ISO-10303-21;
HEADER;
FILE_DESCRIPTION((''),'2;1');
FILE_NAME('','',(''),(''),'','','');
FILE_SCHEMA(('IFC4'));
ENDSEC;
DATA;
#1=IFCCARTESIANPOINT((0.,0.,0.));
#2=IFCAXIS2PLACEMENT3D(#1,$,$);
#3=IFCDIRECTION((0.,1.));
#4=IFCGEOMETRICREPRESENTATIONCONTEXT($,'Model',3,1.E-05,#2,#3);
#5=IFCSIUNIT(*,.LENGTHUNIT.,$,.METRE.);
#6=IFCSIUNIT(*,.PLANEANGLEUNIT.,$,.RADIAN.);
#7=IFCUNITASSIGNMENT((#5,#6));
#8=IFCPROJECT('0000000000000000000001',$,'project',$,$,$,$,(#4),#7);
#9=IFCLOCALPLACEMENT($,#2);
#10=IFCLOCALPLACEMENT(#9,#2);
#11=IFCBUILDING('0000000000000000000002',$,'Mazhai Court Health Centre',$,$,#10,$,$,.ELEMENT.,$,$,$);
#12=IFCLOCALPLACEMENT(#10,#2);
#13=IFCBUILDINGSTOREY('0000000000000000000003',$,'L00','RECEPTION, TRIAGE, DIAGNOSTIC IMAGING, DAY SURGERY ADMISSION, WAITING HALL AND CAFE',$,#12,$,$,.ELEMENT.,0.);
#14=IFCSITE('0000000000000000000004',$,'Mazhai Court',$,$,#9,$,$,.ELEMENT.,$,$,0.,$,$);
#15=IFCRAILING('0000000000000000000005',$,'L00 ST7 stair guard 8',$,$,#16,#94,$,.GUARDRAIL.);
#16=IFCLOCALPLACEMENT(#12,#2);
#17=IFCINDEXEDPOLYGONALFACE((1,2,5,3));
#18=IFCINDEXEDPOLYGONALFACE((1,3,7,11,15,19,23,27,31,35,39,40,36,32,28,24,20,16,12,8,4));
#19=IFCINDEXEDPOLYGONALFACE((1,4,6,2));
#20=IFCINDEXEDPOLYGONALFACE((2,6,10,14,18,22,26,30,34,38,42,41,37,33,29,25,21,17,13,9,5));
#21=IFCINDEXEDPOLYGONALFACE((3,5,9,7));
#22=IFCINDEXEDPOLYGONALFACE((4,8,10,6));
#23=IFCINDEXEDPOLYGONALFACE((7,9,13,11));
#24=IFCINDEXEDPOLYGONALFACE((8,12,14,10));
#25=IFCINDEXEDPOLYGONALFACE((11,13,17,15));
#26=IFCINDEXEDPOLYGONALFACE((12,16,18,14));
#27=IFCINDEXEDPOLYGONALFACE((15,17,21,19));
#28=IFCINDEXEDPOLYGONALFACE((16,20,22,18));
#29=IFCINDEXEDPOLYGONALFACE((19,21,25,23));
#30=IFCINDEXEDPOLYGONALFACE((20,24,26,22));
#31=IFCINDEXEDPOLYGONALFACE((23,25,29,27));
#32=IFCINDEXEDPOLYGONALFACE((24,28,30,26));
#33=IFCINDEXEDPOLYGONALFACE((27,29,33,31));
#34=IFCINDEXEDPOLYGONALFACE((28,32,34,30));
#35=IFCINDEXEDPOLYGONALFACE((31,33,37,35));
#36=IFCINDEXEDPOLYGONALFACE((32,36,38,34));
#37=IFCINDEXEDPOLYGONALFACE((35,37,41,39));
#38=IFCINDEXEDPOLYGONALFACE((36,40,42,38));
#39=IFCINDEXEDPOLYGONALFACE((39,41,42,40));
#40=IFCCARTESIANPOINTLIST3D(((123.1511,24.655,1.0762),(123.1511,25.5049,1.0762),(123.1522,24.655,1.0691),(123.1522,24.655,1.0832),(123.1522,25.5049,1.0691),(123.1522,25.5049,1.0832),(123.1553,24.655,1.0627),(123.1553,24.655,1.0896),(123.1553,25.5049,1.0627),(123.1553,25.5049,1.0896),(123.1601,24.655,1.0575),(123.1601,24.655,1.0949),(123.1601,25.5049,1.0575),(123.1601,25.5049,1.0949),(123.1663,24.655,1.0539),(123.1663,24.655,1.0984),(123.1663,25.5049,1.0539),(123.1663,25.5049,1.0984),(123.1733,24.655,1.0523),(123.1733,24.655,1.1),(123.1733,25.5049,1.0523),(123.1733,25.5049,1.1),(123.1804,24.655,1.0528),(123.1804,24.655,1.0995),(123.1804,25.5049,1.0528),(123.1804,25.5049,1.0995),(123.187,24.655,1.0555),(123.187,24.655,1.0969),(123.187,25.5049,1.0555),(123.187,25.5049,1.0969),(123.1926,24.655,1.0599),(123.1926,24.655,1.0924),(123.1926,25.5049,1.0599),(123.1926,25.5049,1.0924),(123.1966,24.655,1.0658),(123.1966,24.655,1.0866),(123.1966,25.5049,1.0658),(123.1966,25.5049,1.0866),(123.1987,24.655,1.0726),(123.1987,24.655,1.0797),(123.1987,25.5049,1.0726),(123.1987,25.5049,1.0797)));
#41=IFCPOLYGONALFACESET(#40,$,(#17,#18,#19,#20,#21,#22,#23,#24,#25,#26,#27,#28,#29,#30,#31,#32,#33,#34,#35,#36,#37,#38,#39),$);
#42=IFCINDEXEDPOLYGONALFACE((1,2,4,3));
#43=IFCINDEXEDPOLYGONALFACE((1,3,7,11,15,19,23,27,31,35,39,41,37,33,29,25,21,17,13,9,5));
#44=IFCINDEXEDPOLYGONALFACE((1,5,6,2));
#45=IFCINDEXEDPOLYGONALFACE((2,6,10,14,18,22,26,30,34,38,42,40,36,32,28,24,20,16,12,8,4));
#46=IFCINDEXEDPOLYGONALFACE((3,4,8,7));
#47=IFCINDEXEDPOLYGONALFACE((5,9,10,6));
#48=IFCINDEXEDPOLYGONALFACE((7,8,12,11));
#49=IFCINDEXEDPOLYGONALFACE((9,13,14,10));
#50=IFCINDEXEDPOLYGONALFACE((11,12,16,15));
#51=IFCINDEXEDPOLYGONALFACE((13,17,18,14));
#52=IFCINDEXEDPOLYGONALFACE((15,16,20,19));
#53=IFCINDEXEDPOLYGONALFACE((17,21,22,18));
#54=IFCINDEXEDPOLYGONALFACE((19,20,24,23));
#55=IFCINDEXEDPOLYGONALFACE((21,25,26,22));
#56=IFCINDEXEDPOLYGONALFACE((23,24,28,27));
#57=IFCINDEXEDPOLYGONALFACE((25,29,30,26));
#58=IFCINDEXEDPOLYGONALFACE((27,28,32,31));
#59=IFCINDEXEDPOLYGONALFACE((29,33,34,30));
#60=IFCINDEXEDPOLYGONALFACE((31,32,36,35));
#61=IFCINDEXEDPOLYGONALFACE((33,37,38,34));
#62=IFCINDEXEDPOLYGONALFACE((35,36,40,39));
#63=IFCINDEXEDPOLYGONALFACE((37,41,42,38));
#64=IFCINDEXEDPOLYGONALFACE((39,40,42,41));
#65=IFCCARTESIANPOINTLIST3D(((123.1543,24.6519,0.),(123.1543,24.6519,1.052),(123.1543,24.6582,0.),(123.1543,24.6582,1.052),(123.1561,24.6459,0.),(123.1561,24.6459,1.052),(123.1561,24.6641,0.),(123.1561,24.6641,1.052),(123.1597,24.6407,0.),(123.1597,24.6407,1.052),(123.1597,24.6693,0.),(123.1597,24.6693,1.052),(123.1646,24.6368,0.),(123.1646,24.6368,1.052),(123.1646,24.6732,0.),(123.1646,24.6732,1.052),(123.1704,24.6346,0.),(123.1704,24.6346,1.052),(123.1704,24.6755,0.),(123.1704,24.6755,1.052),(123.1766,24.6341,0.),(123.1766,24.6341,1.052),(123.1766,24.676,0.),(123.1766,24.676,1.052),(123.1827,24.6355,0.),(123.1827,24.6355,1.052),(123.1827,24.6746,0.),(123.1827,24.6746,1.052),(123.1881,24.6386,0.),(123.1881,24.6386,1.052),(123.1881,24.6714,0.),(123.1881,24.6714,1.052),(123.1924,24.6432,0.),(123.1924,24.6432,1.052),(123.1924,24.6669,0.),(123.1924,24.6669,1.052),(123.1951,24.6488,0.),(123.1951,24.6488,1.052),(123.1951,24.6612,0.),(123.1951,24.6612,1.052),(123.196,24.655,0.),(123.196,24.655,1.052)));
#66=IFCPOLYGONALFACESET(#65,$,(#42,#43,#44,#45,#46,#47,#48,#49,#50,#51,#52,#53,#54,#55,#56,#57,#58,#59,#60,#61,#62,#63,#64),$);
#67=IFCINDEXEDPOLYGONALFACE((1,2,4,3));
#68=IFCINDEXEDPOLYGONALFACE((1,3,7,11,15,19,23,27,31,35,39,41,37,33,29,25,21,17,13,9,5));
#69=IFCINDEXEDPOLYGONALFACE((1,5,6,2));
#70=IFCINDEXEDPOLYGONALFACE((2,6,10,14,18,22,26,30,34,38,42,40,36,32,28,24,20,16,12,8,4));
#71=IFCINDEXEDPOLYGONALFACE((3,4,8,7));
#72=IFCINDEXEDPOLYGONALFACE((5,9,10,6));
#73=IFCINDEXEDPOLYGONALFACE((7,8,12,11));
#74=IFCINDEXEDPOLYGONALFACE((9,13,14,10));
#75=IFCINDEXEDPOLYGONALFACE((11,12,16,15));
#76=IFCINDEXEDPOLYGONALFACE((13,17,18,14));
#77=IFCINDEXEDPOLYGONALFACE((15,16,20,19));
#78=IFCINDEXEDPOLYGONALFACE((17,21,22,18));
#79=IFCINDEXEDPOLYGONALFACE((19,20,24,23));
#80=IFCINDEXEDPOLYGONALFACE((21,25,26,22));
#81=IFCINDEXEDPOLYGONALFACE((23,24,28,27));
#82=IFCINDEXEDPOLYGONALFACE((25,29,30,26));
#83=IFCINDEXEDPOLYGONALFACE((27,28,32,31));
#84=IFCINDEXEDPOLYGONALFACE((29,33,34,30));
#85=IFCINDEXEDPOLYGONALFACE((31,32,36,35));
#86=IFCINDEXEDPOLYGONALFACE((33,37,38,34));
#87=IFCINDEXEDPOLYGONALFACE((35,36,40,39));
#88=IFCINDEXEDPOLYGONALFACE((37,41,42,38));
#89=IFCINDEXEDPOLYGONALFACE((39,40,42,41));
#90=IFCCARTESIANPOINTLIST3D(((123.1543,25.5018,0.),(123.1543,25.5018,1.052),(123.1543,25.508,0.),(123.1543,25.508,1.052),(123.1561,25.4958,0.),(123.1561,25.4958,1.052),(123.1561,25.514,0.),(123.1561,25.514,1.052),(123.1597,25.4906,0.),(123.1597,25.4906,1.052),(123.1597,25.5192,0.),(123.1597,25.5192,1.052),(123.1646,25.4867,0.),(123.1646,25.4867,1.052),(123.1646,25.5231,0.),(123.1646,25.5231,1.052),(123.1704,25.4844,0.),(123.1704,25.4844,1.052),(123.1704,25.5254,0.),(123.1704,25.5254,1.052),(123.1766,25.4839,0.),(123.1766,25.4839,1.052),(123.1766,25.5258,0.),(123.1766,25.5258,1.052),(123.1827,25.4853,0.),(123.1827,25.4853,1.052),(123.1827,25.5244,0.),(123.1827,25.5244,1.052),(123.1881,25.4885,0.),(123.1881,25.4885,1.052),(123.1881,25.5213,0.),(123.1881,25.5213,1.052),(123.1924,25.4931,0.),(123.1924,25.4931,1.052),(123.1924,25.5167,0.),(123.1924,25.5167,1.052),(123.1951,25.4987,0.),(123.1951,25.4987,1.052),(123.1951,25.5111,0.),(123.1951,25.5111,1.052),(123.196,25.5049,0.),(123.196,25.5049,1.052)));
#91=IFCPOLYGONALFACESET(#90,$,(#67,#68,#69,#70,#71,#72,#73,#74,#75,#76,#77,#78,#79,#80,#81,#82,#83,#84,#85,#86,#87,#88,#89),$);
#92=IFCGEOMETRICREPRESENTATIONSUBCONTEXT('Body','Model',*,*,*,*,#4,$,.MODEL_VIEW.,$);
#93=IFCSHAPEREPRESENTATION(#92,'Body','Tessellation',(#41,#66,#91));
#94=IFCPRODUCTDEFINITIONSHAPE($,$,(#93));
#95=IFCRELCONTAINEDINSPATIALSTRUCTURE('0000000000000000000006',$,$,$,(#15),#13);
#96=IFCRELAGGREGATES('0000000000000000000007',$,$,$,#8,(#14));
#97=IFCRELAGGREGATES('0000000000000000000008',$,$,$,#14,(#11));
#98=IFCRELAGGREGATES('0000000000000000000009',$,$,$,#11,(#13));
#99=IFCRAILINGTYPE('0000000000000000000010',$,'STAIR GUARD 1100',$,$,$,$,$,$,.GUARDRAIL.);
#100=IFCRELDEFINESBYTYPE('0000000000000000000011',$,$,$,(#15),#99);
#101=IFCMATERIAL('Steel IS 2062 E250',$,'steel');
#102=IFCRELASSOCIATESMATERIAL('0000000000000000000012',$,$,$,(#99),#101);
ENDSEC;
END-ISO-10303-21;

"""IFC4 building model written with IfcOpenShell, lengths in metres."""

from ifc_helpers import new_model, si_unit, direction, frame, origin, origin_2d, place, context, subcontext, project, spatial, circle, extrude, material, type_object, element, save


model = new_model("IFC4")

# Units and contexts
model_context = context("Model", 3, precision=1e-05, world=origin(), true_north=direction((0.0, 1.0)))
body_context = subcontext(model_context, "Body", "Model", "MODEL_VIEW")
ifc_project = project(units=[si_unit("LENGTHUNIT", "METRE"), si_unit("PLANEANGLEUNIT", "RADIAN")], contexts=[model_context])

# Site, building, storey
site_placement = place(None, origin())
site = spatial("IfcSite", under=ifc_project, at=site_placement, Name="Mazhai Court", CompositionType="ELEMENT", RefElevation=0.0)
building_placement = place(site_placement, origin())
building = spatial("IfcBuilding", under=site, at=building_placement, Name="Mazhai Court Health Centre", CompositionType="ELEMENT")
storey_placement = place(building_placement, origin())
storey = spatial("IfcBuildingStorey", under=building, at=storey_placement, Name="L00", Description="RECEPTION, TRIAGE, DIAGNOSTIC IMAGING, DAY SURGERY ADMISSION, WAITING HALL AND CAFE", CompositionType="ELEMENT", Elevation=0.0)

# Railing
ifc_material_1 = material(Name="Steel IS 2062 E250", Category="steel")
railing_type_1 = type_object("IfcRailingType", Name="STAIR GUARD 1100", PredefinedType="GUARDRAIL", material=ifc_material_1)
railing_1_placement = place(storey_placement, frame((123.175, 24.655, 0.0)))
element("IfcRailing", 1, at=railing_1_placement, inside=storey, type_object=railing_type_1, Name="L00 ST7 stair guard 8", PredefinedType="GUARDRAIL", context=body_context, shape_type="SweptSolid", body=[
    extrude(circle(Radius=0.0239, at=origin_2d()), frame((0.0, 0.0, 1.0762), z_axis=(0.0, 1.0, 0.0), x_axis=(-1.0, 0.0, 0.0)), (0.0, 0.0, 1.0), 0.8499),
    extrude(circle(Radius=0.021, at=origin_2d()), origin(), (0.0, 0.0, 1.0), 1.052),
    extrude(circle(Radius=0.021, at=origin_2d()), frame((0.0, 0.8499, 0.0)), (0.0, 0.0, 1.0), 1.052),
])

save(model, "model.ifc")
